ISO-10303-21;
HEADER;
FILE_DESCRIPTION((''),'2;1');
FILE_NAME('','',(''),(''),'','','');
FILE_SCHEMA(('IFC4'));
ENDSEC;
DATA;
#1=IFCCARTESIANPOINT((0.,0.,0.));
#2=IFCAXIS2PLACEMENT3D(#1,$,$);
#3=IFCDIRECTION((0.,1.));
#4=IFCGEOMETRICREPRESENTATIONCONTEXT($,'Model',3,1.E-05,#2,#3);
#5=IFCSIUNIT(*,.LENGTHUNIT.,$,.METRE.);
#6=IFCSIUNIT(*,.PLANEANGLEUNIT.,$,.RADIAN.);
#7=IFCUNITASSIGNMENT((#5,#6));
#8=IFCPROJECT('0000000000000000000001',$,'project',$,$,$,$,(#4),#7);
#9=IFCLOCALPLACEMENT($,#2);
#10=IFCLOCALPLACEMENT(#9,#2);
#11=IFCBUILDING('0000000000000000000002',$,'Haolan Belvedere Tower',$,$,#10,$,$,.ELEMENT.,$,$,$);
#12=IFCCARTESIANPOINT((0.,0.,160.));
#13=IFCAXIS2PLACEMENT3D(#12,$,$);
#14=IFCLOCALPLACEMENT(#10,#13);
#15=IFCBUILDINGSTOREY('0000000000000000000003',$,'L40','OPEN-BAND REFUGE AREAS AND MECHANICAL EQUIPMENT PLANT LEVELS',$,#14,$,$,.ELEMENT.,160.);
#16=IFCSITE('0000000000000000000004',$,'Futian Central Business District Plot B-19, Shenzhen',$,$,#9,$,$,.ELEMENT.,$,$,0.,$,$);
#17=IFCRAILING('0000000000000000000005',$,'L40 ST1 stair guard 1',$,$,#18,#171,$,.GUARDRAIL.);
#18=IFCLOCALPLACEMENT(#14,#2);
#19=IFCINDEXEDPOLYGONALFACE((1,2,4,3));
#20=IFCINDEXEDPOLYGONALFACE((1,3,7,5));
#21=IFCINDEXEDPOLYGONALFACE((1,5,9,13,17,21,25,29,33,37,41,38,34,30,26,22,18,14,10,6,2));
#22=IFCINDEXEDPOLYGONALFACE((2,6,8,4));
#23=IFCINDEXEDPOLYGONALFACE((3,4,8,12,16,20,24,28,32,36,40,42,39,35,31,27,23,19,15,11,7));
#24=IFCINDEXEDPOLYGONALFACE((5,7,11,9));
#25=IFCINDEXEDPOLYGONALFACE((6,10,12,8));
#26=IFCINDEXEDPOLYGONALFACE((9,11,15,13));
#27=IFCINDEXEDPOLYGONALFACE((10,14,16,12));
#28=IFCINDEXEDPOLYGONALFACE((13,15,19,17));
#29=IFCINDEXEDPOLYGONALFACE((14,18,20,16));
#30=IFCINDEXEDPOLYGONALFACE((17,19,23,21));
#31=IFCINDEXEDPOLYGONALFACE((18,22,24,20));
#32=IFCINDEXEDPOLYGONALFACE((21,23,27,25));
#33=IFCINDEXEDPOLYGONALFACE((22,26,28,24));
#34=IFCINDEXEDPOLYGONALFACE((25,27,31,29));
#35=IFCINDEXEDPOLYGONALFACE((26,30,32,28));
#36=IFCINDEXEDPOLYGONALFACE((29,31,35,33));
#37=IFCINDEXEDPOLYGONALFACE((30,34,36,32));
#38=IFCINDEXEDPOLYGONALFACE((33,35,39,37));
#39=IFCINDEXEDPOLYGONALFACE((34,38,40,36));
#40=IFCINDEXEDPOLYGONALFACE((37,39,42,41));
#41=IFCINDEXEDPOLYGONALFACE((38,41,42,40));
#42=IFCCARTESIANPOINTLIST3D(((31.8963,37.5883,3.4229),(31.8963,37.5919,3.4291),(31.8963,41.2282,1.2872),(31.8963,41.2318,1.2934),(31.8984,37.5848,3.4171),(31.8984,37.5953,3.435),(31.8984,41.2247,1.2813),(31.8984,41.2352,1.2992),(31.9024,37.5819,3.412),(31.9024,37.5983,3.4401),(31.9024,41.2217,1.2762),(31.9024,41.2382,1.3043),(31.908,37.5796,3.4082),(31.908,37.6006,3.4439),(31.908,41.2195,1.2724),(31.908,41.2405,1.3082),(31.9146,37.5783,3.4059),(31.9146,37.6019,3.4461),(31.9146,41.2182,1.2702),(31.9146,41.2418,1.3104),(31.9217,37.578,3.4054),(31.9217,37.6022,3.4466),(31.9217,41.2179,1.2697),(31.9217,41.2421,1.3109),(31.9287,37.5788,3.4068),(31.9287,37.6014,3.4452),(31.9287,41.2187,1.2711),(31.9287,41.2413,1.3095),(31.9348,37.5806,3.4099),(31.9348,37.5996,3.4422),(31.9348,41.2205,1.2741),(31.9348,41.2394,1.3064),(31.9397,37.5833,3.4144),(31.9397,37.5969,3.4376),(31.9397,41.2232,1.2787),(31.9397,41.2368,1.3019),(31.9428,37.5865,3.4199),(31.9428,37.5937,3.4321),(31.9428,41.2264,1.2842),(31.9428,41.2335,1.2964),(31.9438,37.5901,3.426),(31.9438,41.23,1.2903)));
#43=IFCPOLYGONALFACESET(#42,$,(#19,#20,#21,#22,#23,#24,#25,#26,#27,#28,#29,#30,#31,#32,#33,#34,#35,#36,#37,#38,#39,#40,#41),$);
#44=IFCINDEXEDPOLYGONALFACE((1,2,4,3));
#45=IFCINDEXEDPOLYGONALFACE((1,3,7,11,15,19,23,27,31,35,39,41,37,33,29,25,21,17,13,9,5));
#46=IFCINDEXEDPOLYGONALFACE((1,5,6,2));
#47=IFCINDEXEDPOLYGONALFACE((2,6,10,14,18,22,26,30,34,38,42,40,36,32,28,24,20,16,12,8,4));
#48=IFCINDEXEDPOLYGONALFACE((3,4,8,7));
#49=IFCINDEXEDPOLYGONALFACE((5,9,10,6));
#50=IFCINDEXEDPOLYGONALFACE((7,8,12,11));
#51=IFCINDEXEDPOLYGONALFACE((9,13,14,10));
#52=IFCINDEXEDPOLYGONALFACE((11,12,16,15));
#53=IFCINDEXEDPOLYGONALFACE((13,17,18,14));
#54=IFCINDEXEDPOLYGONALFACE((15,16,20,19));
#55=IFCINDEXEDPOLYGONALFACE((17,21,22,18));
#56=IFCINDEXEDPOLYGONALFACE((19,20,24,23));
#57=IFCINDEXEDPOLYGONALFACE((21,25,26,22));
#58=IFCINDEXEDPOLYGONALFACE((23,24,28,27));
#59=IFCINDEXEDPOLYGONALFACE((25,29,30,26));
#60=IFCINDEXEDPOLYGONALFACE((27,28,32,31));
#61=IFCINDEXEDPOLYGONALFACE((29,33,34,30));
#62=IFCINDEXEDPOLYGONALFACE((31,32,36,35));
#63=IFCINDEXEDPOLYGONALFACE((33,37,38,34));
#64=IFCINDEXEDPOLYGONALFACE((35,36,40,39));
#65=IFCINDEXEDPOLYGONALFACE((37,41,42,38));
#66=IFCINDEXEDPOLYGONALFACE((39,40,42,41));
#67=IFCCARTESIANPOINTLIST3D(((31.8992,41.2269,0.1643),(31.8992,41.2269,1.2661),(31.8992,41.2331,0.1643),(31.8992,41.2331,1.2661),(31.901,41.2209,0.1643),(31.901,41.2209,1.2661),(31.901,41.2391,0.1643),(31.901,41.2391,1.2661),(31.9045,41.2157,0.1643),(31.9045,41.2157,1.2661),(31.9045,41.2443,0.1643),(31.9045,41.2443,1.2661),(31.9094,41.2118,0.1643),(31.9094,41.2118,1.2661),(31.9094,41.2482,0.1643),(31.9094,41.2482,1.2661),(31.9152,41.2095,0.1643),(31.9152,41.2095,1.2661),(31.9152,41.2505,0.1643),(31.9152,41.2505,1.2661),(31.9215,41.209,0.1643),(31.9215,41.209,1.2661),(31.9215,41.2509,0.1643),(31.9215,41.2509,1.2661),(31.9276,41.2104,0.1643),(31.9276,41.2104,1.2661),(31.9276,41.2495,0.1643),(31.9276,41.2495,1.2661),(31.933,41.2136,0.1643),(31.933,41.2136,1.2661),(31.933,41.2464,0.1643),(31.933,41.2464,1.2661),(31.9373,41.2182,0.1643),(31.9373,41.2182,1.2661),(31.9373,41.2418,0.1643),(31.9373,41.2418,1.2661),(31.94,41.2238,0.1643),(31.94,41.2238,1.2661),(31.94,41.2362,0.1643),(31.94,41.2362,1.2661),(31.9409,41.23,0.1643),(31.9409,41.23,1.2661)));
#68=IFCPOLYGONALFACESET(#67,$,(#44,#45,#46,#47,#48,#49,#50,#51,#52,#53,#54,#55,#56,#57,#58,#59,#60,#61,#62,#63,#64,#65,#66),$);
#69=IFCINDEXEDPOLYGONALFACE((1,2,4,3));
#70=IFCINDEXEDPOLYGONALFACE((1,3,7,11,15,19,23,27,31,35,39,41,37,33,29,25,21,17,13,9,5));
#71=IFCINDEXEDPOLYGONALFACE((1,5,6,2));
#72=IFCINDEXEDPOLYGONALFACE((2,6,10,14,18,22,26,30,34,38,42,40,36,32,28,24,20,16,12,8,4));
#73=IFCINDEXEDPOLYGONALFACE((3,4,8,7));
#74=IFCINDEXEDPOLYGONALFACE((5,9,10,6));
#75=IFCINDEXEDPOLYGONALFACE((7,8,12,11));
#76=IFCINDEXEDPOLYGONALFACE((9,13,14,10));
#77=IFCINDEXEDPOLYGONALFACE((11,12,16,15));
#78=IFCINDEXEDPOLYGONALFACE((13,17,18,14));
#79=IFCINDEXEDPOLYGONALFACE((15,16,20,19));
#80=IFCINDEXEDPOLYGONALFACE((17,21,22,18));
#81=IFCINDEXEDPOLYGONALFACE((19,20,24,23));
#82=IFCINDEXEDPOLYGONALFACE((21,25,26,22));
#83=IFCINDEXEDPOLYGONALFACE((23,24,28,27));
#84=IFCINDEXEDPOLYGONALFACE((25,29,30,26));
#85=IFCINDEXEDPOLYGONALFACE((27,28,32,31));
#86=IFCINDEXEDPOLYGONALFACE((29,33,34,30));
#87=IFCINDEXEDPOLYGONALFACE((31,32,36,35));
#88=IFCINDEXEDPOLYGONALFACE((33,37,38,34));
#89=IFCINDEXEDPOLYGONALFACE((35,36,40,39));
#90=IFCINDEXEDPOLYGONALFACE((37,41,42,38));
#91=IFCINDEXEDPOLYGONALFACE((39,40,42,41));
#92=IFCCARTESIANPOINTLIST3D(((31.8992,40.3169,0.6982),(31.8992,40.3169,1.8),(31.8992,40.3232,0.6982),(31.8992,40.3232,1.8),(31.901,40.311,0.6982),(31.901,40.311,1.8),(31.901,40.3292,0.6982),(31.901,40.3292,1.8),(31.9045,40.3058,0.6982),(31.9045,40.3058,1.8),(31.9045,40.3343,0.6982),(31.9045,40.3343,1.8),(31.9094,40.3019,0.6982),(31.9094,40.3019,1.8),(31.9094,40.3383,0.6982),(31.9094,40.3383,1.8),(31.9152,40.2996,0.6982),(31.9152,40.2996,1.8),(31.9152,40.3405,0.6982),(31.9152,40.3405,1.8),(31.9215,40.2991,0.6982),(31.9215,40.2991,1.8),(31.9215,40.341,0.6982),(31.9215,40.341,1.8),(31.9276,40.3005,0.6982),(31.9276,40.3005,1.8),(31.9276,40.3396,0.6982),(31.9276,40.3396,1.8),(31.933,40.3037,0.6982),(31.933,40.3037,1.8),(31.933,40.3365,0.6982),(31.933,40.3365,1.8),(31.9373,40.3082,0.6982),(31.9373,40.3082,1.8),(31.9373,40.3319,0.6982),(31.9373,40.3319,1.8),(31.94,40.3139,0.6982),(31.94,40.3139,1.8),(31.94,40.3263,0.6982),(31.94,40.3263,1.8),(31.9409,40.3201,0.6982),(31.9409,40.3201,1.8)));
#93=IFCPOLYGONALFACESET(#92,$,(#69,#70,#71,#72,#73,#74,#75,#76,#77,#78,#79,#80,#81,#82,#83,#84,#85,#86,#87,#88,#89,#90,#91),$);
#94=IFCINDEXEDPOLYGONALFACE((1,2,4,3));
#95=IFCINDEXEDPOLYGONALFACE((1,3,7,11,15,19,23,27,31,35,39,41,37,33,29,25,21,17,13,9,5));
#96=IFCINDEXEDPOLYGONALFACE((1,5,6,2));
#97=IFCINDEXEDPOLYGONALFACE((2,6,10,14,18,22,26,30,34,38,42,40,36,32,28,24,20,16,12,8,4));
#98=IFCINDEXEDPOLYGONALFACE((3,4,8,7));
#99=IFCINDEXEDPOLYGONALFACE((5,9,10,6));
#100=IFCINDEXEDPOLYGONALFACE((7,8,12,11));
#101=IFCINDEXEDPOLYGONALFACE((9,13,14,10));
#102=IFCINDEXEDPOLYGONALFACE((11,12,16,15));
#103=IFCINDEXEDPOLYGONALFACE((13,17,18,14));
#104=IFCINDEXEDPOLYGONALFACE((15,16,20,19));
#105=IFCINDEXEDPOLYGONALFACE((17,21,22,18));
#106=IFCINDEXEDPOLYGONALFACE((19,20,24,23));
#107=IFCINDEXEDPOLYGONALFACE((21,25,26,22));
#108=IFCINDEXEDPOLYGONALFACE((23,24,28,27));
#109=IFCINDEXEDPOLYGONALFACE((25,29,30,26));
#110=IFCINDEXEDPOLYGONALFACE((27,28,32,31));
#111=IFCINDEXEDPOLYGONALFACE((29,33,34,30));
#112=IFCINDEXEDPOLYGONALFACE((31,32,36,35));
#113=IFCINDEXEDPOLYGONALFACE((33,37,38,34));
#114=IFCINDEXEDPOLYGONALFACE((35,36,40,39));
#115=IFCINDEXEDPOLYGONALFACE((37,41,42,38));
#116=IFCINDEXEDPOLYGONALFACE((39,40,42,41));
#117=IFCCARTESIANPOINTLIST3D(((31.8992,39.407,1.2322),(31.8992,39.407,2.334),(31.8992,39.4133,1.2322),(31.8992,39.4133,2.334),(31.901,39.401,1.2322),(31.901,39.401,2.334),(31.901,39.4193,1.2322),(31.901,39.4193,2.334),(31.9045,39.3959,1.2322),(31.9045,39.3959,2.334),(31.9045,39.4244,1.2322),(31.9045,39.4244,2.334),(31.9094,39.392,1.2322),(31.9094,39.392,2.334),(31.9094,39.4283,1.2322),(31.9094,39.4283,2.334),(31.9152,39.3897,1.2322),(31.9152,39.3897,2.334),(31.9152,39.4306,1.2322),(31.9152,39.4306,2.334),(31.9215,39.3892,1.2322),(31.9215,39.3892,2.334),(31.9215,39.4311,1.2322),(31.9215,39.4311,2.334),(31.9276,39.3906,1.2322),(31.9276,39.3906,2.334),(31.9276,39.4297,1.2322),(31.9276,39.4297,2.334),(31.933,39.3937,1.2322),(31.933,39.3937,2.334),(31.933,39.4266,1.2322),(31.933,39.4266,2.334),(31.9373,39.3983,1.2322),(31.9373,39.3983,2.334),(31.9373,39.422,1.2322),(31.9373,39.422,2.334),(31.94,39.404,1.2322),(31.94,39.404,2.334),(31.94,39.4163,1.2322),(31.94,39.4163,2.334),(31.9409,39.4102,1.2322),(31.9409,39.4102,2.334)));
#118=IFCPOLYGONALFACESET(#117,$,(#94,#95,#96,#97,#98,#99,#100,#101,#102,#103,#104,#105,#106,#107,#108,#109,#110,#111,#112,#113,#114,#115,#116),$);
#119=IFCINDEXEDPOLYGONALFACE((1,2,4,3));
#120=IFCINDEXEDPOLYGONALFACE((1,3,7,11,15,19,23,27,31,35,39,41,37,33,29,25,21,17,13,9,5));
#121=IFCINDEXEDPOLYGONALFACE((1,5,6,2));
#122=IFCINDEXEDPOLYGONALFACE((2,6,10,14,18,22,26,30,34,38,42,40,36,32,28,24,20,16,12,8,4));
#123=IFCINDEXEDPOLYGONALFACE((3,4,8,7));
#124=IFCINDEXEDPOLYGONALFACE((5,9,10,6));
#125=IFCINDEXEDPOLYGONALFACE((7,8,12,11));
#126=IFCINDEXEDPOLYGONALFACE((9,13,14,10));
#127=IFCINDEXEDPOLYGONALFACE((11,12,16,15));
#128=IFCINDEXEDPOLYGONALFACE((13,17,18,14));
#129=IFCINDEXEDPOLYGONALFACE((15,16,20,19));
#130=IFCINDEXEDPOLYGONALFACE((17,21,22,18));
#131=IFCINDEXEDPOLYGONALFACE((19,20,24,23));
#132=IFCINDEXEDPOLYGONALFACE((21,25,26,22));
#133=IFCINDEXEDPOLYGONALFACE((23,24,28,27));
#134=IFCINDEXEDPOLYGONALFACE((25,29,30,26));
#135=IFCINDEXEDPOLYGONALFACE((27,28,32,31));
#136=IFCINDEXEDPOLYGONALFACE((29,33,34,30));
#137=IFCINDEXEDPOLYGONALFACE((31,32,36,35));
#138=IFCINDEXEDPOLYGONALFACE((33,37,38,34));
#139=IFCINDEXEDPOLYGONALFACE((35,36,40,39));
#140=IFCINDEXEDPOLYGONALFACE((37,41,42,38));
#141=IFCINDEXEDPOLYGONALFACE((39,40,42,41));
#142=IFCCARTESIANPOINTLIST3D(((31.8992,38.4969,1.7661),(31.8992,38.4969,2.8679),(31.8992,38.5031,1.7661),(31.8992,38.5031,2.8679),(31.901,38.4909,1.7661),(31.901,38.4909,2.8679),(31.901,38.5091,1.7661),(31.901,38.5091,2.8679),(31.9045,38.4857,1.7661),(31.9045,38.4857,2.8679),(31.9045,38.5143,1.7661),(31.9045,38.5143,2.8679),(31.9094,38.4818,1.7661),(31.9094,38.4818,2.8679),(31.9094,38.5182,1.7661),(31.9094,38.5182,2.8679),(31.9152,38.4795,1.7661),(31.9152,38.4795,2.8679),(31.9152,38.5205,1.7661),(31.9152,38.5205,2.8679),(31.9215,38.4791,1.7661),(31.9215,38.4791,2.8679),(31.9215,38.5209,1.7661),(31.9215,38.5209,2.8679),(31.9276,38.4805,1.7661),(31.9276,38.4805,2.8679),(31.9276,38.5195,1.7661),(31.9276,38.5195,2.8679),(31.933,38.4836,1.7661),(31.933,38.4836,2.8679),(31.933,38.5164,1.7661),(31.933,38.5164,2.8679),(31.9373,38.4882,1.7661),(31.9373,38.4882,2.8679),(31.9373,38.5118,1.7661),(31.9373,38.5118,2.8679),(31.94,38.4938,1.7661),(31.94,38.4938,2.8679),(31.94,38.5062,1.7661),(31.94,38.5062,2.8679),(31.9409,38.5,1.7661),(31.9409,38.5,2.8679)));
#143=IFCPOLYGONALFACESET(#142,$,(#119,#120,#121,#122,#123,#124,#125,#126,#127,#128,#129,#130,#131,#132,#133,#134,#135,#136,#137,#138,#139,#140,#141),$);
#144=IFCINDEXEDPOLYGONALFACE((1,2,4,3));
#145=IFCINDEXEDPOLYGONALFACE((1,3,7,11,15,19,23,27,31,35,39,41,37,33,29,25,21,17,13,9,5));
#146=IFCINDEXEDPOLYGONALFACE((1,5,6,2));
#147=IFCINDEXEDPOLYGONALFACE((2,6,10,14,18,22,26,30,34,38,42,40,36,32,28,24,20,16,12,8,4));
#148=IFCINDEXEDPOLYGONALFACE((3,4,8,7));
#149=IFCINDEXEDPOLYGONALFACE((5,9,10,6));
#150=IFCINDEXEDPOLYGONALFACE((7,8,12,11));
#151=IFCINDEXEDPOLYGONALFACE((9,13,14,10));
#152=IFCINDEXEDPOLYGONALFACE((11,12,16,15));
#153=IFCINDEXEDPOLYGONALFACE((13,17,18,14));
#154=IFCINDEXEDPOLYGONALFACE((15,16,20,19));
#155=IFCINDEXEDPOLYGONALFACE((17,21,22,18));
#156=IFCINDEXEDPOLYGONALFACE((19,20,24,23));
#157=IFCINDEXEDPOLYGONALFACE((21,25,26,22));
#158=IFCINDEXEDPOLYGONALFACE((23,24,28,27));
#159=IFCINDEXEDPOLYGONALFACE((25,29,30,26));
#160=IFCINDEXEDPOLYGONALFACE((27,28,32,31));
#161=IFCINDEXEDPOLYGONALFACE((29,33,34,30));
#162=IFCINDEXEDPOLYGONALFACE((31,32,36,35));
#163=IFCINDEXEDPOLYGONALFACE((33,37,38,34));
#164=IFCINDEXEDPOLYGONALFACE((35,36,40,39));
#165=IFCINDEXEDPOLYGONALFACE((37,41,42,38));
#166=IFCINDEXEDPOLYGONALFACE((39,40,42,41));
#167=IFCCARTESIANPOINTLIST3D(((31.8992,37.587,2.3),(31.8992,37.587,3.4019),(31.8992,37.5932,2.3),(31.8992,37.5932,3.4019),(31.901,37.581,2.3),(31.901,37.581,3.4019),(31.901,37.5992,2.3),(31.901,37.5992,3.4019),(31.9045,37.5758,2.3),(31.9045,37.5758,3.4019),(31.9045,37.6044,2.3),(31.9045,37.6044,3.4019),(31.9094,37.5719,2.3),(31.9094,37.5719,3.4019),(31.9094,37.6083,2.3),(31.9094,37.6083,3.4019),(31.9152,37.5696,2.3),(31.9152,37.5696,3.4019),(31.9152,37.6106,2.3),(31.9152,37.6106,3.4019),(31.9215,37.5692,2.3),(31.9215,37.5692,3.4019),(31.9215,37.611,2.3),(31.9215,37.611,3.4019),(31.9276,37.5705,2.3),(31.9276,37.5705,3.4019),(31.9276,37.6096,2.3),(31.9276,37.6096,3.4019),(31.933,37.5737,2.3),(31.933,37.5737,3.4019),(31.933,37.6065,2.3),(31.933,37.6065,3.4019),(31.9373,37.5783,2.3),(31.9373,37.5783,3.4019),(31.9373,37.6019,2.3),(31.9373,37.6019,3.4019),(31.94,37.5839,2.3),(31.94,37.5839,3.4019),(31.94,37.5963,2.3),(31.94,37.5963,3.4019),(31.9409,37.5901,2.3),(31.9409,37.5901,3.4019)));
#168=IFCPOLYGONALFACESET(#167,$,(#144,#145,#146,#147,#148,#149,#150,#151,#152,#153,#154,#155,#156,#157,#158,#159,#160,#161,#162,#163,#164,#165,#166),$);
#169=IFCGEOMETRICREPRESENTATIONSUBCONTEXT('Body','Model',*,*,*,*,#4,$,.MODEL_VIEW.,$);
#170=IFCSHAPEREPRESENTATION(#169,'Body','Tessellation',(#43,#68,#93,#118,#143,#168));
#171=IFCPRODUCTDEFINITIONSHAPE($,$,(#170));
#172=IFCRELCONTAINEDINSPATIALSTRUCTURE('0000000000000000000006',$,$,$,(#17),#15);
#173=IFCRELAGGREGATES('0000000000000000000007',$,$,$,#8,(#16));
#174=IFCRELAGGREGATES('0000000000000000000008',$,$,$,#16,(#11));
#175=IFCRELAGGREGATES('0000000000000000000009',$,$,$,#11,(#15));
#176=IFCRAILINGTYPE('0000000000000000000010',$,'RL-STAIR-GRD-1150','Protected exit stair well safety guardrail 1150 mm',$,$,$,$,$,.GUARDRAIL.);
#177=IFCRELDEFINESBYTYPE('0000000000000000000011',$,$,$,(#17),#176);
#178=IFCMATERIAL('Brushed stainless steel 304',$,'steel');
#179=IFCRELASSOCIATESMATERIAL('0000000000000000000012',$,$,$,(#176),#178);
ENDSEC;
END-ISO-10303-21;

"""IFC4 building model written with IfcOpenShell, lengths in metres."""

from ifc_helpers import new_model, si_unit, direction, frame, origin, origin_2d, place, context, subcontext, project, spatial, circle, extrude, material, type_object, element, save


model = new_model("IFC4")

# Units and contexts
model_context = context("Model", 3, precision=1e-05, world=origin(), true_north=direction((0.0, 1.0)))
body_context = subcontext(model_context, "Body", "Model", "MODEL_VIEW")
ifc_project = project(units=[si_unit("LENGTHUNIT", "METRE"), si_unit("PLANEANGLEUNIT", "RADIAN")], contexts=[model_context])

# Site, building, storey
site_placement = place(None, origin())
site = spatial("IfcSite", under=ifc_project, at=site_placement, Name="Futian Central Business District Plot B-19, Shenzhen", CompositionType="ELEMENT", RefElevation=0.0)
building_placement = place(site_placement, origin())
building = spatial("IfcBuilding", under=site, at=building_placement, Name="Haolan Belvedere Tower", CompositionType="ELEMENT")
storey_placement = place(building_placement, frame((0.0, 0.0, 160.0)))
storey = spatial("IfcBuildingStorey", under=building, at=storey_placement, Name="L40", Description="OPEN-BAND REFUGE AREAS AND MECHANICAL EQUIPMENT PLANT LEVELS", CompositionType="ELEMENT", Elevation=160.0)

# Railing
ifc_material_1 = material(Name="Brushed stainless steel 304", Category="steel")
railing_type_1 = type_object("IfcRailingType", Name="RL-STAIR-GRD-1150", Description="Protected exit stair well safety guardrail 1150 mm", PredefinedType="GUARDRAIL", material=ifc_material_1)
railing_1_placement = place(storey_placement, frame((31.9199, 41.23, 0.1643)))
element("IfcRailing", 1, at=railing_1_placement, inside=storey, type_object=railing_type_1, Name="L40 ST1 stair guard 1", PredefinedType="GUARDRAIL", context=body_context, shape_type="SweptSolid", body=[
    extrude(circle(Radius=0.0239, at=origin_2d()), frame((0.0, 0.0, 1.126), z_axis=(0.0, -0.86249, 0.506074), x_axis=(1.0, 0.0, 0.0)), (0.0, 0.0, 1.0), 4.2202),
    extrude(circle(Radius=0.021, at=origin_2d()), origin(), (0.0, 0.0, 1.0), 1.1018),
    extrude(circle(Radius=0.021, at=origin_2d()), frame((0.0, -0.9099, 0.5339)), (0.0, 0.0, 1.0), 1.1018),
    extrude(circle(Radius=0.021, at=origin_2d()), frame((0.0, -1.8198, 1.0679)), (0.0, 0.0, 1.0), 1.1018),
    extrude(circle(Radius=0.021, at=origin_2d()), frame((0.0, -2.73, 1.6018)), (0.0, 0.0, 1.0), 1.1018),
    extrude(circle(Radius=0.021, at=origin_2d()), frame((0.0, -3.6399, 2.1357)), (0.0, 0.0, 1.0), 1.1018),
])

save(model, "model.ifc")
